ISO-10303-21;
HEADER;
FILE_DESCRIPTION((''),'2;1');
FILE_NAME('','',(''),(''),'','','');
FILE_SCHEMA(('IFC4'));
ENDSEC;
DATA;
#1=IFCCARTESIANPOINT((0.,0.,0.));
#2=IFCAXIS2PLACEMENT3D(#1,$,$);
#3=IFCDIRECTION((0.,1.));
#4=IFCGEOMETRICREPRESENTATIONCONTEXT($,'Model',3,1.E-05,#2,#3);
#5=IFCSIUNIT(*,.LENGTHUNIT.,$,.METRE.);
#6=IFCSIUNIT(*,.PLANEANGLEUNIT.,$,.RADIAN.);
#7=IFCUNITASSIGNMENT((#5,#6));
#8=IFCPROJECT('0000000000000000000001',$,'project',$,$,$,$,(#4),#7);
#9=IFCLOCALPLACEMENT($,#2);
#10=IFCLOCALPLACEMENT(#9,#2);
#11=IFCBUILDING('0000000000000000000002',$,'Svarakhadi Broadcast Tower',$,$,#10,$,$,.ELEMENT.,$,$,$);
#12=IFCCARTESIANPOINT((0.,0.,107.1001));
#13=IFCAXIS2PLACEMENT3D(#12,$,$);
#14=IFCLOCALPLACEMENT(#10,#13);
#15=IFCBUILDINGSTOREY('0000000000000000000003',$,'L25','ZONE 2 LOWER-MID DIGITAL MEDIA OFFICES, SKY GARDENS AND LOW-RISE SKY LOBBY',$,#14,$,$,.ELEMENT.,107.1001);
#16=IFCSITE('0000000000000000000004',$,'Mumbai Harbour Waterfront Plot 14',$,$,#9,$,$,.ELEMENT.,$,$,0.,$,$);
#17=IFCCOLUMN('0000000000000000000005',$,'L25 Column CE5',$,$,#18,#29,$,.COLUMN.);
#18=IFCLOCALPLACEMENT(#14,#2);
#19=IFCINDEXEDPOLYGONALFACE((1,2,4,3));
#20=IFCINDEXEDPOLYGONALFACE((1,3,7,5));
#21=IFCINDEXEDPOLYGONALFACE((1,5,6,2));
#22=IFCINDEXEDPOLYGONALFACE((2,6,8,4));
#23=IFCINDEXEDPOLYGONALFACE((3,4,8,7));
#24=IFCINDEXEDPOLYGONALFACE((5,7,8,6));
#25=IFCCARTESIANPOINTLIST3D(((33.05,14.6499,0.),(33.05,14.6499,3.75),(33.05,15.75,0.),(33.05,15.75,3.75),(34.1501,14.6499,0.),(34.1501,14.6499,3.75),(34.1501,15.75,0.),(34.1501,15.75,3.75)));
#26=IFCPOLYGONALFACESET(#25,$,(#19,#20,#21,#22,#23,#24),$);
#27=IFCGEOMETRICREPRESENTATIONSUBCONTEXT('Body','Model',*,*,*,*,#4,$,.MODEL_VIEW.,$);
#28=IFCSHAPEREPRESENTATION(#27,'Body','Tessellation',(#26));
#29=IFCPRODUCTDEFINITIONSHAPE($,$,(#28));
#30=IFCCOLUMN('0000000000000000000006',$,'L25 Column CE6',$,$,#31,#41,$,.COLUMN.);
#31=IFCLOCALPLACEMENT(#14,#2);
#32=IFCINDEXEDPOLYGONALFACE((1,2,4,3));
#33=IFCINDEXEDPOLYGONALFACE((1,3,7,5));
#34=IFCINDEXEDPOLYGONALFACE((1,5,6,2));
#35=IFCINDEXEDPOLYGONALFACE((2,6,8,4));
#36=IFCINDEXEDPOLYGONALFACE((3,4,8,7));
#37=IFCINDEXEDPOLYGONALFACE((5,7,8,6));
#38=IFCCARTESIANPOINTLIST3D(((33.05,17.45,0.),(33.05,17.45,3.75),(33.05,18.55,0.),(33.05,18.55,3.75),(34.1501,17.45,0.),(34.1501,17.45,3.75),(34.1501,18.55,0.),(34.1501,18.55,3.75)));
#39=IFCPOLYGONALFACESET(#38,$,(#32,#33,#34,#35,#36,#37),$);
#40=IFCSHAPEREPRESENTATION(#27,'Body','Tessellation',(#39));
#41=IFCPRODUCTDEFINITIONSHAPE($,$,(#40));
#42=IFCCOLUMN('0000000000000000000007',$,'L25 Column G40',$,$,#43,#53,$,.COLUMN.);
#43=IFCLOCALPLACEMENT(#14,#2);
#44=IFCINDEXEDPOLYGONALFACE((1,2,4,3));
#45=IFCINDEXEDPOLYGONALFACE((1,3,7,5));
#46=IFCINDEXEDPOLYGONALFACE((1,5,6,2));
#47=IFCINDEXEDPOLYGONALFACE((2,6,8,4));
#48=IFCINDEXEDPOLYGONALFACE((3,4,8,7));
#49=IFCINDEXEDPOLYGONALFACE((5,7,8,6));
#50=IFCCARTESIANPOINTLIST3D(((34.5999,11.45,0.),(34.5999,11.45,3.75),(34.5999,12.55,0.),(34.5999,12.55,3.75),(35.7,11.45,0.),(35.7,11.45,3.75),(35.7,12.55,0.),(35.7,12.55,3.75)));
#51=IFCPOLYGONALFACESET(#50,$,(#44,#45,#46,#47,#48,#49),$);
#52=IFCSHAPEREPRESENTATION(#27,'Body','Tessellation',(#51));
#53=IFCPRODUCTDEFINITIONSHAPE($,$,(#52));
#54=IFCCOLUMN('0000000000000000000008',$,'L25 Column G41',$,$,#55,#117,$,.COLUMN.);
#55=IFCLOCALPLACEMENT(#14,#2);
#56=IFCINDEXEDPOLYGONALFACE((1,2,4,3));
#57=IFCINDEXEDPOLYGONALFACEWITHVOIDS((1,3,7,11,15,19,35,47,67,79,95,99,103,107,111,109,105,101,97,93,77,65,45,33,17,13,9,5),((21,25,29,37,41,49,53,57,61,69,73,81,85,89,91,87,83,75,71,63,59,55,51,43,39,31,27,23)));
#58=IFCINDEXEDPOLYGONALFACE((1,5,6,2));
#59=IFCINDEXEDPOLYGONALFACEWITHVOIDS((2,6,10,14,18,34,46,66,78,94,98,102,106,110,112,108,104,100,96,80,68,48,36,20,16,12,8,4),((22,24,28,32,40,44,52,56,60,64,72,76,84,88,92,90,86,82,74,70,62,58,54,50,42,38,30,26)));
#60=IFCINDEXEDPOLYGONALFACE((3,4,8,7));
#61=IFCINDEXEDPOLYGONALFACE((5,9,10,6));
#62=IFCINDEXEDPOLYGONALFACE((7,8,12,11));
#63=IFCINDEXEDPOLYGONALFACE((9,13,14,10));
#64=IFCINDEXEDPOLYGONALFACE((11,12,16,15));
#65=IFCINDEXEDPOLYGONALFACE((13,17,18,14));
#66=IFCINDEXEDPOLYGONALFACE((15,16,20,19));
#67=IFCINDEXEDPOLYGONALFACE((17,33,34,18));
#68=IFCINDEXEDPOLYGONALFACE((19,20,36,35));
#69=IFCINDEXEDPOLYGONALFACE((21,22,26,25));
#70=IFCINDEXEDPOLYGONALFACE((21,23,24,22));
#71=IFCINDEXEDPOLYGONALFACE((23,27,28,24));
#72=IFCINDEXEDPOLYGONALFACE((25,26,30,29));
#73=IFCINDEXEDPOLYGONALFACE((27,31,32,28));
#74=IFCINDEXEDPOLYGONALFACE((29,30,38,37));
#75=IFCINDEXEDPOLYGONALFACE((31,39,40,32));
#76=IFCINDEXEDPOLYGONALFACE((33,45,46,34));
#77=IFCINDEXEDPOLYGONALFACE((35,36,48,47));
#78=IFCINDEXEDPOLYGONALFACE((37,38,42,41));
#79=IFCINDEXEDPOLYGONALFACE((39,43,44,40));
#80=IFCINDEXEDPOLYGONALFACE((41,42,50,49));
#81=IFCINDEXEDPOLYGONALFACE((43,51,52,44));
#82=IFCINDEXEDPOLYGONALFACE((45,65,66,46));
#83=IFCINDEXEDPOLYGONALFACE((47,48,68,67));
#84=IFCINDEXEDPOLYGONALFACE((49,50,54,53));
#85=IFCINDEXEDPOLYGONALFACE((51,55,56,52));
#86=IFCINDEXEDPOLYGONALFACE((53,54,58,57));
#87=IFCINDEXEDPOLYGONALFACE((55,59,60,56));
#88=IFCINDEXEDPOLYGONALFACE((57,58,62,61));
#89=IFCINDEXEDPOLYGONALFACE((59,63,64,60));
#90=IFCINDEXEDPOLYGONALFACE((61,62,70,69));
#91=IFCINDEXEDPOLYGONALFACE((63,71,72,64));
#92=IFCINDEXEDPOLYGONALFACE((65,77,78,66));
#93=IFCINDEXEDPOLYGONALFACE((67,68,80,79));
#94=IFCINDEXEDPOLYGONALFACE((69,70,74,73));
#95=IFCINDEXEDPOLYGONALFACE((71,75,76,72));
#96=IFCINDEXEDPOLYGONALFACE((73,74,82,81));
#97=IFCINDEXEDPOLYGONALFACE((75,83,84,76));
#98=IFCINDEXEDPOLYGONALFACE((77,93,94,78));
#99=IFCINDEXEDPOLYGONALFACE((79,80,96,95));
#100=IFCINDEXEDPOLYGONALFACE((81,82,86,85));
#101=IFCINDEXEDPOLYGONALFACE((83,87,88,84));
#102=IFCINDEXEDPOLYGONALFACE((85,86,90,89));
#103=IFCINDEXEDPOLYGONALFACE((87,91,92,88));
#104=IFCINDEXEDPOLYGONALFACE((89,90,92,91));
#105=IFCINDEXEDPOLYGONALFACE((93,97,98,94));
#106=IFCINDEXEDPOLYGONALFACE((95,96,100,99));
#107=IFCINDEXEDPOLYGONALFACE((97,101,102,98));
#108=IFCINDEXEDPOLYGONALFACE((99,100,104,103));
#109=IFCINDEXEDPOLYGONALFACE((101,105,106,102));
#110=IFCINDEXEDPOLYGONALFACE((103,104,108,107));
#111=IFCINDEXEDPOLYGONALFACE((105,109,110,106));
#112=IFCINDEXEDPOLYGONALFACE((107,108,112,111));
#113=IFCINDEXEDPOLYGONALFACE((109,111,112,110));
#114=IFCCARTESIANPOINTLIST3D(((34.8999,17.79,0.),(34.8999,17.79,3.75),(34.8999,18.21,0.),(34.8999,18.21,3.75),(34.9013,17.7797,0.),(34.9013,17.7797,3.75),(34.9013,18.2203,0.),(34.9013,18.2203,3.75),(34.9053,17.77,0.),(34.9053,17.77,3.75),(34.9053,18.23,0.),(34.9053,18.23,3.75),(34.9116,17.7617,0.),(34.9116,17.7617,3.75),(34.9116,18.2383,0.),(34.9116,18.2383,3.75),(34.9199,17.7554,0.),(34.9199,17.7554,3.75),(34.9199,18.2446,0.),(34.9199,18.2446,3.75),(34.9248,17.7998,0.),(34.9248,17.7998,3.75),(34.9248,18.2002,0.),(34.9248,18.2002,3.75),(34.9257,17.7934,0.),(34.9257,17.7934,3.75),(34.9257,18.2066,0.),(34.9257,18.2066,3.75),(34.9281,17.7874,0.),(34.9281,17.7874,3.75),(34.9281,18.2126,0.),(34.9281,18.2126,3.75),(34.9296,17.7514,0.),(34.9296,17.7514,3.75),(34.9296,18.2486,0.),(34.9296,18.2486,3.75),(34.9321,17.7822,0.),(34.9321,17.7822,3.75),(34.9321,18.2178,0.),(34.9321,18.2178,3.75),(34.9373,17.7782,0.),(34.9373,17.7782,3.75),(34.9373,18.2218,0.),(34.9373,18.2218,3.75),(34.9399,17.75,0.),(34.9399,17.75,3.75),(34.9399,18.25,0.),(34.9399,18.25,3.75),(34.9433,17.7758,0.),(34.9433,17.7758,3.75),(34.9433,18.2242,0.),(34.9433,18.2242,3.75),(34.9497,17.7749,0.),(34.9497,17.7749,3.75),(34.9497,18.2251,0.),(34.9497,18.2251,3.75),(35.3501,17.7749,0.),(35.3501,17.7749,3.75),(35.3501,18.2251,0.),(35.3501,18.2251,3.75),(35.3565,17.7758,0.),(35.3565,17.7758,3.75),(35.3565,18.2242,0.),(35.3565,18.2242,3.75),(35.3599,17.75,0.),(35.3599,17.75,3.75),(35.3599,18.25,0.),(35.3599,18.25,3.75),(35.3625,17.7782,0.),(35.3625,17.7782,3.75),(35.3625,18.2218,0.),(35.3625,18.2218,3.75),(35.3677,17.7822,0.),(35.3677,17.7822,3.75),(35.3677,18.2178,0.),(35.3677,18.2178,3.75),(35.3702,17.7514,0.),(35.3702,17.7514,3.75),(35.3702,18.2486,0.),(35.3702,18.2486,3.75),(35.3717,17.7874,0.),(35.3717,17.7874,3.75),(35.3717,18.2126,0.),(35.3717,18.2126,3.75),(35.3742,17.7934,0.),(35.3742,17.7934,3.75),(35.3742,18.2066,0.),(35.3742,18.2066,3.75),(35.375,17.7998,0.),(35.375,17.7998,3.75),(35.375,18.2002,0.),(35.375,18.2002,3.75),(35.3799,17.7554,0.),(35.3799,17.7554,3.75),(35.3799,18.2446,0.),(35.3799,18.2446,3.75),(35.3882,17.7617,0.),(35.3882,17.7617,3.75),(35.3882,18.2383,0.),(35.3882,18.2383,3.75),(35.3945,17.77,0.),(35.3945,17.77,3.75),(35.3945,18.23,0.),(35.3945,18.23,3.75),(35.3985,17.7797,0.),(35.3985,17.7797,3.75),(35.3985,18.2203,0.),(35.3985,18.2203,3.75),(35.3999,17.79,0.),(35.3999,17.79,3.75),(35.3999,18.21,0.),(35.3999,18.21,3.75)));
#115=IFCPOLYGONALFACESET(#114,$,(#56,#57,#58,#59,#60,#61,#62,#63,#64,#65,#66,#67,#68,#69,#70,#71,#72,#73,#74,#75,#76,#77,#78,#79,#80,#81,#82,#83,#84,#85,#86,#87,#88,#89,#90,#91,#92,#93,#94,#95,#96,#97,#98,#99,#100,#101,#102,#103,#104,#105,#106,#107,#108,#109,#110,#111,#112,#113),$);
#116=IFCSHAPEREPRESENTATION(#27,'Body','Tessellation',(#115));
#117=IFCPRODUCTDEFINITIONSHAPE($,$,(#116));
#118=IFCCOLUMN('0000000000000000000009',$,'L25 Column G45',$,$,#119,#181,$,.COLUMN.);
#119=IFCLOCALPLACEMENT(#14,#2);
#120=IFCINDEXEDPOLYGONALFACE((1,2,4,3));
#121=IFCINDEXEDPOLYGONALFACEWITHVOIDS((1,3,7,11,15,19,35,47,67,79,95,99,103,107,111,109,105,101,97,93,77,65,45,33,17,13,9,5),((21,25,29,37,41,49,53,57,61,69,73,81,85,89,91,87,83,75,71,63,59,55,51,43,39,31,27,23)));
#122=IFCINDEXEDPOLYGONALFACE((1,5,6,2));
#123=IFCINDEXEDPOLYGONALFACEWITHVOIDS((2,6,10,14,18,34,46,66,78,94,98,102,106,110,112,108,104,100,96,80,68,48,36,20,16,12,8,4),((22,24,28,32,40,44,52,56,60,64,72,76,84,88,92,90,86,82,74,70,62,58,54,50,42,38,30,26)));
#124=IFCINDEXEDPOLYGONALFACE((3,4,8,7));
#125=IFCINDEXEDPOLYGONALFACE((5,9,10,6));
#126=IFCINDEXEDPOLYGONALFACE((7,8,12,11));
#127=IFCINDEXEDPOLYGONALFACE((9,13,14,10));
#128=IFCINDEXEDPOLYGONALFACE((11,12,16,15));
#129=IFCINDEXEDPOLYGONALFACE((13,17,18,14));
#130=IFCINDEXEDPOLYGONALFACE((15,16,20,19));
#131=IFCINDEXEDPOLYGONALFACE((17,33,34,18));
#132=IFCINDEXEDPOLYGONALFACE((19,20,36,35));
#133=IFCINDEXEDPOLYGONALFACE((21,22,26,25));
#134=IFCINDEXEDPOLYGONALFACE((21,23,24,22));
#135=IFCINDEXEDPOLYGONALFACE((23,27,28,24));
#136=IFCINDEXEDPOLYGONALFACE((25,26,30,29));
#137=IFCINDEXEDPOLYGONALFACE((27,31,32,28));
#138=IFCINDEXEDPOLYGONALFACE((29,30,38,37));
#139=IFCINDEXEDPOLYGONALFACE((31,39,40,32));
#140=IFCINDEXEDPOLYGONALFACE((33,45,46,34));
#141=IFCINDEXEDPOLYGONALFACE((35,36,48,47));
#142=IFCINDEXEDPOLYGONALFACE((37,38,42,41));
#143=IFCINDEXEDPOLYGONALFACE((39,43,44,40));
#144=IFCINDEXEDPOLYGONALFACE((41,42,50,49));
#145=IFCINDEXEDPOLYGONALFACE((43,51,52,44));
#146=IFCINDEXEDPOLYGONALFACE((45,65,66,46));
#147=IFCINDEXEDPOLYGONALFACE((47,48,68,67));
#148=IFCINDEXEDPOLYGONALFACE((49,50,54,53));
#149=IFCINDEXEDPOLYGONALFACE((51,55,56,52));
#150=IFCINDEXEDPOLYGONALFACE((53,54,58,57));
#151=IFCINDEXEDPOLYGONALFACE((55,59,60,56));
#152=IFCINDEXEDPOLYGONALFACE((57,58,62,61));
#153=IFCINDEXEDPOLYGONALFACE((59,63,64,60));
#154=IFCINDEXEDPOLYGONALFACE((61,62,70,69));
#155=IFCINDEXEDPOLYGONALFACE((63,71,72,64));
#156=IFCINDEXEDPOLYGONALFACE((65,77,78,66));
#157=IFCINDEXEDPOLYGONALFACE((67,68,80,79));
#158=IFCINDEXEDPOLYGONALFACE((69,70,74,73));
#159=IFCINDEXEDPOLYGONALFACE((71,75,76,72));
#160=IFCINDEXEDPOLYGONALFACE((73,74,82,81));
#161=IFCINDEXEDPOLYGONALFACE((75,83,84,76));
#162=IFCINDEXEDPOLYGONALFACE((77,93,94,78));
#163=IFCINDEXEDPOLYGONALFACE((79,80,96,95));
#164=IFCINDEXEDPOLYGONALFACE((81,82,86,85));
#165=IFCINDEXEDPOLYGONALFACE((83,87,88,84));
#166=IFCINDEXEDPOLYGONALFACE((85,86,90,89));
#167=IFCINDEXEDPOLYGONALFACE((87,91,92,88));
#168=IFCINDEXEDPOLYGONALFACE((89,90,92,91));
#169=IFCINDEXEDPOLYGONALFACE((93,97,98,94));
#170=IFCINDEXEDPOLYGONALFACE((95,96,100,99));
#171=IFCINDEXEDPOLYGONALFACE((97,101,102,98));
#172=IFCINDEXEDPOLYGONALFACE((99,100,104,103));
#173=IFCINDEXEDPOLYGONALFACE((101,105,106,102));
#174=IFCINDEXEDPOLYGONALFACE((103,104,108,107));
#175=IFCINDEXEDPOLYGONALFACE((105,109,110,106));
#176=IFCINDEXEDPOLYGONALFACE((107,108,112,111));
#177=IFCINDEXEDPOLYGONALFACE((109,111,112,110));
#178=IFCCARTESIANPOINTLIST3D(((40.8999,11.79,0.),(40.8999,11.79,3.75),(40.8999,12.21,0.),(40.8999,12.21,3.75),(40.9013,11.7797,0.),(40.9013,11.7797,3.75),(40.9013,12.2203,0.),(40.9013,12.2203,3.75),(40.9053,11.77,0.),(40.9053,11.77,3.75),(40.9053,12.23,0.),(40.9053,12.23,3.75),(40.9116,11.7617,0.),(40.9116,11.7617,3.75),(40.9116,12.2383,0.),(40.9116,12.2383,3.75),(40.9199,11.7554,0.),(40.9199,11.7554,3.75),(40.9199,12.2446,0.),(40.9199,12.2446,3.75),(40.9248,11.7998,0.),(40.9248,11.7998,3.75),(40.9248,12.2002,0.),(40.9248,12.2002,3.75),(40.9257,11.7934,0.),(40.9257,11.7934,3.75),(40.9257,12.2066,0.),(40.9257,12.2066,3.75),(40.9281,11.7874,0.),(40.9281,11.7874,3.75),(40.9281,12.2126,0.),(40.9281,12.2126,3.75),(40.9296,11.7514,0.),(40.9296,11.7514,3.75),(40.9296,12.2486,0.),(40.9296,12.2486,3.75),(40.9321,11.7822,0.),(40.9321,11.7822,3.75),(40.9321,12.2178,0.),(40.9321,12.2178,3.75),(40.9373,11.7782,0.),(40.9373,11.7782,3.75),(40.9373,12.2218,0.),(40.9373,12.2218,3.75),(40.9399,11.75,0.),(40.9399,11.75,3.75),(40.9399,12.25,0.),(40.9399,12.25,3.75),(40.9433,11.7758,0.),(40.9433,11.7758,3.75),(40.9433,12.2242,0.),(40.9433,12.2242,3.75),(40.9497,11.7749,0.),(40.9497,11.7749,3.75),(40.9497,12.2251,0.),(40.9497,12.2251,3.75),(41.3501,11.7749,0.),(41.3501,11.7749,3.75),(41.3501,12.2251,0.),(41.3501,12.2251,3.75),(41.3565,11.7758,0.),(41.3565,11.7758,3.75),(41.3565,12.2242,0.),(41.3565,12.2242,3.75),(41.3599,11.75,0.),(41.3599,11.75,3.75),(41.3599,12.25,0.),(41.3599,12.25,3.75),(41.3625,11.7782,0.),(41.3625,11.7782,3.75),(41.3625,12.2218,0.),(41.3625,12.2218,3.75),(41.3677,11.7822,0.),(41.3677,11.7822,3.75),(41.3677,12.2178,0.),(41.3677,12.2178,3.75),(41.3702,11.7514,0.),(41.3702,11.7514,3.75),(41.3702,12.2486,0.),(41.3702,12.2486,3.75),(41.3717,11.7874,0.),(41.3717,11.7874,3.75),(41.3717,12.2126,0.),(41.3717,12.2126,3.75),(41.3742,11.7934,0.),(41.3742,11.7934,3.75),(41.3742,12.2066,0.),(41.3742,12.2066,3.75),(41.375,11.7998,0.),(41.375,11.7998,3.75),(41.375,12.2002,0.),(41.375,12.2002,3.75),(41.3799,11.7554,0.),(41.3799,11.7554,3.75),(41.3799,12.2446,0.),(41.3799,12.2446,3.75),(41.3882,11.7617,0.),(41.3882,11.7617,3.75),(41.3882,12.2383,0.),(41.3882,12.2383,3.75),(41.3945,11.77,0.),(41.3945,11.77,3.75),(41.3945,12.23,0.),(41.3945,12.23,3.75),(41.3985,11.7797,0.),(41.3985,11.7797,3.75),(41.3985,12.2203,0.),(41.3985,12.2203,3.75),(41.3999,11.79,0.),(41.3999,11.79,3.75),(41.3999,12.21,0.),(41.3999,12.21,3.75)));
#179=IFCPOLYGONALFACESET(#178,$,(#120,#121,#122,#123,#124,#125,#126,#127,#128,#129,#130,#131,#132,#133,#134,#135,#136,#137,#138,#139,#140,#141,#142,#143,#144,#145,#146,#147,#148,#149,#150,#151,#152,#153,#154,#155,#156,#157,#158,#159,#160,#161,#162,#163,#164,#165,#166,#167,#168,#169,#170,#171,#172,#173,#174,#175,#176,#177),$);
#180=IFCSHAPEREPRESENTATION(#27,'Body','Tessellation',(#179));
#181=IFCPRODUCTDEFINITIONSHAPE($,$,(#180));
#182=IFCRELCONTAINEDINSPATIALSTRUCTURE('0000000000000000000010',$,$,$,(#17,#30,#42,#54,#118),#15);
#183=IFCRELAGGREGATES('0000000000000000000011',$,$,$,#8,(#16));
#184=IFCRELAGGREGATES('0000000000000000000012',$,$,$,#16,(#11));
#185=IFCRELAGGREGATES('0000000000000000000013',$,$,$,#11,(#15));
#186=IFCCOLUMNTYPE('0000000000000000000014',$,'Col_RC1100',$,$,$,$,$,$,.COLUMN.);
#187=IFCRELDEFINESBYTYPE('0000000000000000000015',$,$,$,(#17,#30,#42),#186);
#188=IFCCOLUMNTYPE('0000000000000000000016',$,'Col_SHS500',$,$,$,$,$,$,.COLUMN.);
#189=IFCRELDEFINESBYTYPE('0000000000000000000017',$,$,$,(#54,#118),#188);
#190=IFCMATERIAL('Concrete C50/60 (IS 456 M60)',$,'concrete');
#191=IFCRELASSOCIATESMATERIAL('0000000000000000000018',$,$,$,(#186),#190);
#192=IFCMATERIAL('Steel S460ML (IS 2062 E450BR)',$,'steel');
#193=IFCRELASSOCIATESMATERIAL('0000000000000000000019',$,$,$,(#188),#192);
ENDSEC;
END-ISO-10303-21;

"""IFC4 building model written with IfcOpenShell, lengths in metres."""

from ifc_helpers import new_model, si_unit, direction, frame, origin, origin_2d, place, context, subcontext, project, spatial, rectangle, hollow_rectangle, extrude, material, material_profile, profile_set, type_object, element, save


model = new_model("IFC4")

# Units and contexts
model_context = context("Model", 3, precision=1e-05, world=origin(), true_north=direction((0.0, 1.0)))
body_context = subcontext(model_context, "Body", "Model", "MODEL_VIEW")
ifc_project = project(units=[si_unit("LENGTHUNIT", "METRE"), si_unit("PLANEANGLEUNIT", "RADIAN")], contexts=[model_context])

# Site, building, storey
site_placement = place(None, origin())
site = spatial("IfcSite", under=ifc_project, at=site_placement, Name="Mumbai Harbour Waterfront Plot 14", CompositionType="ELEMENT", RefElevation=0.0)
building_placement = place(site_placement, origin())
building = spatial("IfcBuilding", under=site, at=building_placement, Name="Svarakhadi Broadcast Tower", CompositionType="ELEMENT")
storey_placement = place(building_placement, frame((0.0, 0.0, 107.1001)))
storey = spatial("IfcBuildingStorey", under=building, at=storey_placement, Name="L25", Description="ZONE 2 LOWER-MID DIGITAL MEDIA OFFICES, SKY GARDENS AND LOW-RISE SKY LOBBY", CompositionType="ELEMENT", Elevation=107.1001)

# Columns
ifc_material_1 = material(Name="Concrete C50/60 (IS 456 M60)", Category="concrete")
ifc_material_profile_1 = material_profile(ifc_material_1, rectangle(XDim=1.1001, YDim=1.1001, at=origin_2d()), Name="RC 1100x1100")
ifc_profile_set_1 = profile_set([ifc_material_profile_1], Name="Concrete C50/60 (IS 456 M60)")
column_type_1 = type_object("IfcColumnType", Name="Col_RC1100", PredefinedType="COLUMN", material=ifc_profile_set_1)
for number, where, z_axis, x_axis, name in (
    (1, (33.6001, 15.2, 0.0), (0.0, 0.0, 1.0), (1.0, 0.0, 0.0), "L25 Column CE5"),
    (2, (33.6001, 18.0, 0.0), (0.0, 0.0, 1.0), (1.0, 0.0, 0.0), "L25 Column CE6"),
    (3, (35.1499, 12.0, 0.0), (0.0, 0.0, 1.0), (1.0, 0.0, 0.0), "L25 Column G40"),
):
    element("IfcColumn", number, at=place(storey_placement, frame(where, z_axis=z_axis, x_axis=x_axis)), inside=storey, type_object=column_type_1, Name=name, PredefinedType="COLUMN", context=body_context, shape_type="SweptSolid", body=[
        extrude(rectangle(XDim=1.1001, YDim=1.1001, at=origin_2d()), origin(), (0.0, 0.0, 1.0), 3.75),
    ])
ifc_material_2 = material(Name="Steel S460ML (IS 2062 E450BR)", Category="steel")
ifc_material_profile_2 = material_profile(ifc_material_2, hollow_rectangle(XDim=0.5, YDim=0.5, WallThickness=0.0249, InnerFilletRadius=0.0249, OuterFilletRadius=0.04, at=origin_2d()), Name="SHS 500x500x25")
ifc_profile_set_2 = profile_set([ifc_material_profile_2], Name="Steel S460ML (IS 2062 E450BR)")
column_type_2 = type_object("IfcColumnType", Name="Col_SHS500", PredefinedType="COLUMN", material=ifc_profile_set_2)
for number, where, z_axis, x_axis, name in (
    (4, (35.1499, 18.0, 0.0), (0.0, 0.0, 1.0), (1.0, 0.0, 0.0), "L25 Column G41"),
    (5, (41.1499, 12.0, 0.0), (0.0, 0.0, 1.0), (1.0, 0.0, 0.0), "L25 Column G45"),
):
    element("IfcColumn", number, at=place(storey_placement, frame(where, z_axis=z_axis, x_axis=x_axis)), inside=storey, type_object=column_type_2, Name=name, PredefinedType="COLUMN", context=body_context, shape_type="SweptSolid", body=[
        extrude(hollow_rectangle(XDim=0.5, YDim=0.5, WallThickness=0.0249, InnerFilletRadius=0.0249, OuterFilletRadius=0.04, at=origin_2d()), origin(), (0.0, 0.0, 1.0), 3.75),
    ])

save(model, "model.ifc")
